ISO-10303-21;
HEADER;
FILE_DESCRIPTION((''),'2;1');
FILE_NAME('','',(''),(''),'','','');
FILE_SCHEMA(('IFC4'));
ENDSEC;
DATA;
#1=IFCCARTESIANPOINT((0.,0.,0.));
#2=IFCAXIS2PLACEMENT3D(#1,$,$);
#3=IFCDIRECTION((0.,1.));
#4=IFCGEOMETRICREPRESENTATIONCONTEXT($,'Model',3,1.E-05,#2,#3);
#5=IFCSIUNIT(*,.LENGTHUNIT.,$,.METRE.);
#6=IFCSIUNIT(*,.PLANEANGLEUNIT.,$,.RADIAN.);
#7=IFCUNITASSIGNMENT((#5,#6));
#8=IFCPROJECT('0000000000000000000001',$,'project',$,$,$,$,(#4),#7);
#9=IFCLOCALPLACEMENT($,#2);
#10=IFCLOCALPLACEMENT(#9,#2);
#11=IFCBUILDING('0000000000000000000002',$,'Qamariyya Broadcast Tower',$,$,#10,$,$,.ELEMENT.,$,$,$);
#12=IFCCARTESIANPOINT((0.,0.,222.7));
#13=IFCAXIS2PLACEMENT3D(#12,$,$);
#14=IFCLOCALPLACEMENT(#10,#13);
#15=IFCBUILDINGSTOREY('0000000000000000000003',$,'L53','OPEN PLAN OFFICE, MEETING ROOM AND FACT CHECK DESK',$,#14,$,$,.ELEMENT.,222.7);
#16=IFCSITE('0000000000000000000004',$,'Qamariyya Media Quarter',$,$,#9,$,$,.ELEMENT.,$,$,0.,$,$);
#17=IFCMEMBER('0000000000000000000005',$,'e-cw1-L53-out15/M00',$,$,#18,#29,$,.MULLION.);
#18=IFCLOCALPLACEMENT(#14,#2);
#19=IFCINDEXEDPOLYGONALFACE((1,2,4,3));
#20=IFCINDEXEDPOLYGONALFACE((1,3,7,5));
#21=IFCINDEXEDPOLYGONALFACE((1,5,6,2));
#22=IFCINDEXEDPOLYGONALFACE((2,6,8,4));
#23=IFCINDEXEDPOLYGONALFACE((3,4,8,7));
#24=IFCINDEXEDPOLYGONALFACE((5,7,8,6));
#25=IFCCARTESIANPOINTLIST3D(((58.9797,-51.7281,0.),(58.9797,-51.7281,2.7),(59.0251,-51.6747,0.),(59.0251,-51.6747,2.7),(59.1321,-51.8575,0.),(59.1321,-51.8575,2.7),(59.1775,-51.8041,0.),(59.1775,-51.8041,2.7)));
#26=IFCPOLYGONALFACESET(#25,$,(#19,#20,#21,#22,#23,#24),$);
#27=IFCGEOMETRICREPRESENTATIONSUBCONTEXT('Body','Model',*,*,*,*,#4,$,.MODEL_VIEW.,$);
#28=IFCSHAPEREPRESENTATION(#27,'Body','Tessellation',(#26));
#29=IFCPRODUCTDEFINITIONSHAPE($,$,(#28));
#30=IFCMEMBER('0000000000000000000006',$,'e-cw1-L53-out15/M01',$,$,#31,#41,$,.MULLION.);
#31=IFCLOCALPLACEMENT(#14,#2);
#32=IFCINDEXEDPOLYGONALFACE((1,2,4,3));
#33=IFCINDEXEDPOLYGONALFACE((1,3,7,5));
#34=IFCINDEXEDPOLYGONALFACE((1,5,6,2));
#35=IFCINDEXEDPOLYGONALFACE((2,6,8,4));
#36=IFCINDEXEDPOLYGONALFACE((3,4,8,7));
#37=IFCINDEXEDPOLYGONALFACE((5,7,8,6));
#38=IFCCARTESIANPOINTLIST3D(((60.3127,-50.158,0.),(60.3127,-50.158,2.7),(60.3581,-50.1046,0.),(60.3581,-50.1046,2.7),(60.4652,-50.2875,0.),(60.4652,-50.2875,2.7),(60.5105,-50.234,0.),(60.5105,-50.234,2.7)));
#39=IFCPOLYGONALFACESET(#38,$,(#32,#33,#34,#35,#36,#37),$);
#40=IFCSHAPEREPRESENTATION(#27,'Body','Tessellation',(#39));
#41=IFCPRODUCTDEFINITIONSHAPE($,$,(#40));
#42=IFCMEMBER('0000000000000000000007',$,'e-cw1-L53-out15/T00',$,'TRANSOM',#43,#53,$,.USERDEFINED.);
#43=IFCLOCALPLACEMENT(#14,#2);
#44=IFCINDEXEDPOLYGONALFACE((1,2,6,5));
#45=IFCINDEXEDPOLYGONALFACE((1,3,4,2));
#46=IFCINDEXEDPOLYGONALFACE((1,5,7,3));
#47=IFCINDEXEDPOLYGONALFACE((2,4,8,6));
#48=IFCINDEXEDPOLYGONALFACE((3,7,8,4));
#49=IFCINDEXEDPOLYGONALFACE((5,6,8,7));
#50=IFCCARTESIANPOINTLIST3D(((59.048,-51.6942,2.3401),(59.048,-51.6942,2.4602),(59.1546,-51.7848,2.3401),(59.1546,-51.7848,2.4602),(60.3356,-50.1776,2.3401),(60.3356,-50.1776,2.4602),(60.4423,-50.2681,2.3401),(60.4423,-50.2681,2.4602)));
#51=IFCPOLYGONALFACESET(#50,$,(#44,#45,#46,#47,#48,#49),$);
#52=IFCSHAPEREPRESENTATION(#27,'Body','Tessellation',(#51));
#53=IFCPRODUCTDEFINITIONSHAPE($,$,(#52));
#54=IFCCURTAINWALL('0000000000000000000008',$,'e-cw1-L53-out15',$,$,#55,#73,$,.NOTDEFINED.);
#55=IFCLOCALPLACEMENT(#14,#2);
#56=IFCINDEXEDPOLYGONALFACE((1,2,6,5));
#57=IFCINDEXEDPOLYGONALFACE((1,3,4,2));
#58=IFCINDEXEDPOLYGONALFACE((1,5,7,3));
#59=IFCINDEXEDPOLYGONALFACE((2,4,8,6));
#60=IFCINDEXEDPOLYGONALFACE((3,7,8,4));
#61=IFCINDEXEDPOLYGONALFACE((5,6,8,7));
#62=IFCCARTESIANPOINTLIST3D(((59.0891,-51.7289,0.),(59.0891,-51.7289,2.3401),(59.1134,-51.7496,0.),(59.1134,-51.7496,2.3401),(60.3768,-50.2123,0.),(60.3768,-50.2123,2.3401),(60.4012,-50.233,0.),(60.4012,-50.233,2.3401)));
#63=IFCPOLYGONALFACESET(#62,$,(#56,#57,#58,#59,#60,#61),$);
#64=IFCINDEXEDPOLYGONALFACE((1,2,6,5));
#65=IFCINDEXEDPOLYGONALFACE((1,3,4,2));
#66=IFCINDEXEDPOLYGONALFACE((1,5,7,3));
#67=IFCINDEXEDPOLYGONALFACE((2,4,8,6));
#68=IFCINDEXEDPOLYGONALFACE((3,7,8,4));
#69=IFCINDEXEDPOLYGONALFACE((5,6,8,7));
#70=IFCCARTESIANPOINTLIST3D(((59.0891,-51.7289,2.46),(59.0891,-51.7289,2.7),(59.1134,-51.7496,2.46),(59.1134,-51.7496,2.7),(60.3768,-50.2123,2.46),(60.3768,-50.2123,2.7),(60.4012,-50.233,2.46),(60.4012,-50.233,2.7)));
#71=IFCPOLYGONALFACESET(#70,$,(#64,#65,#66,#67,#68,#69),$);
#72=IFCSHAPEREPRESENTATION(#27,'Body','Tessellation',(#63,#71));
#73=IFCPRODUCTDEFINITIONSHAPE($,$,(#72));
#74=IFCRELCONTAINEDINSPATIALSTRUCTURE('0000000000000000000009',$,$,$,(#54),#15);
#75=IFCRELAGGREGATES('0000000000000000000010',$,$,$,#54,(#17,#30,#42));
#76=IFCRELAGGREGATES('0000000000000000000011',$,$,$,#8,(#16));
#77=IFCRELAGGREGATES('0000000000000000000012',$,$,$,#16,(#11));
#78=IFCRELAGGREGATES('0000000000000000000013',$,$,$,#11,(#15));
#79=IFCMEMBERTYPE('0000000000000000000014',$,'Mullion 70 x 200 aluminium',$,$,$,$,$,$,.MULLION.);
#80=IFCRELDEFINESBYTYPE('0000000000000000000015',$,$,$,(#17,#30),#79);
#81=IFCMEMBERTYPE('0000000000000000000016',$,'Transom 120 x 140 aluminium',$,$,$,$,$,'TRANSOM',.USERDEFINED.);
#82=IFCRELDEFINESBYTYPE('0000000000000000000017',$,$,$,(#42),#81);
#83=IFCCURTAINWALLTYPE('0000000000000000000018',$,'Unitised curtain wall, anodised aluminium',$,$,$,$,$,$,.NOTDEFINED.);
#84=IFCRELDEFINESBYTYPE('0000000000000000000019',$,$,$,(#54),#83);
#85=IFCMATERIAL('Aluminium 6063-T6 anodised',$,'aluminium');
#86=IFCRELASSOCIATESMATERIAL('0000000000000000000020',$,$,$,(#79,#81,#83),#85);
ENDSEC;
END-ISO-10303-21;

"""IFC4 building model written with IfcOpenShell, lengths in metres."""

from ifc_helpers import new_model, si_unit, direction, frame, origin, origin_2d, place, context, subcontext, project, spatial, rectangle, extrude, material, material_profile, profile_set, type_object, element, aggregate, save


model = new_model("IFC4")

# Units and contexts
model_context = context("Model", 3, precision=1e-05, world=origin(), true_north=direction((0.0, 1.0)))
body_context = subcontext(model_context, "Body", "Model", "MODEL_VIEW")
ifc_project = project(units=[si_unit("LENGTHUNIT", "METRE"), si_unit("PLANEANGLEUNIT", "RADIAN")], contexts=[model_context])

# Members
ifc_material = material(Name="Aluminium 6063-T6 anodised", Category="aluminium")
ifc_material_profile_1 = material_profile(ifc_material, rectangle(XDim=0.2, YDim=0.0701, at=origin_2d()))
ifc_profile_set_1 = profile_set([ifc_material_profile_1], Name="Aluminium 6063-T6 anodised")
member_type_1 = type_object("IfcMemberType", Name="Mullion 70 x 200 aluminium", PredefinedType="MULLION", material=ifc_profile_set_1)
site_placement = place(None, origin())
building_placement = place(site_placement, origin())
storey_placement = place(building_placement, frame((0.0, 0.0, 222.7)))
member_1_placement = place(storey_placement, frame((59.0786, -51.7661, 0.0), z_axis=(0.0, 0.0, 1.0), x_axis=(-0.762284, 0.647243, 0.0)))
member_1 = element("IfcMember", 1, at=member_1_placement, type_object=member_type_1, Name="e-cw1-L53-out15/M00", PredefinedType="MULLION", context=body_context, shape_type="SweptSolid", body=[
    extrude(rectangle(XDim=0.2, YDim=0.0701, at=origin_2d()), origin(), (0.0, 0.0, 1.0), 2.7),
])
member_2_placement = place(storey_placement, frame((60.4116, -50.196, 0.0), z_axis=(0.0, 0.0, 1.0), x_axis=(-0.762284, 0.647243, 0.0)))
member_2 = element("IfcMember", 2, at=member_2_placement, type_object=member_type_1, Name="e-cw1-L53-out15/M01", PredefinedType="MULLION", context=body_context, shape_type="SweptSolid", body=[
    extrude(rectangle(XDim=0.2, YDim=0.0701, at=origin_2d()), origin(), (0.0, 0.0, 1.0), 2.7),
])
ifc_material_profile_2 = material_profile(ifc_material, rectangle(XDim=0.1399, YDim=0.1201, at=origin_2d()))
ifc_profile_set_2 = profile_set([ifc_material_profile_2], Name="Aluminium 6063-T6 anodised")
member_type_2 = type_object("IfcMemberType", Name="Transom 120 x 140 aluminium", ElementType="TRANSOM", PredefinedType="USERDEFINED", material=ifc_profile_set_2)
member_3_placement = place(storey_placement, frame((59.1013, -51.7395, 2.4001), z_axis=(0.647207, 0.762315, 0.0), x_axis=(-0.762315, 0.647207, 0.0)))
member_3 = element("IfcMember", 3, at=member_3_placement, type_object=member_type_2, Name="e-cw1-L53-out15/T00", ObjectType="TRANSOM", PredefinedType="USERDEFINED", context=body_context, shape_type="SweptSolid", body=[
    extrude(rectangle(XDim=0.1399, YDim=0.1201, at=origin_2d()), origin(), (0.0, 0.0, 1.0), 1.9895),
])

# Site, building, storey
site = spatial("IfcSite", under=ifc_project, at=site_placement, Name="Qamariyya Media Quarter", CompositionType="ELEMENT", RefElevation=0.0)
building = spatial("IfcBuilding", under=site, at=building_placement, Name="Qamariyya Broadcast Tower", CompositionType="ELEMENT")
storey = spatial("IfcBuildingStorey", under=building, at=storey_placement, Name="L53", Description="OPEN PLAN OFFICE, MEETING ROOM AND FACT CHECK DESK", CompositionType="ELEMENT", Elevation=222.7)

# Curtain wall
curtain_wall_type = type_object("IfcCurtainWallType", Name="Unitised curtain wall, anodised aluminium", PredefinedType="NOTDEFINED", material=ifc_material)
curtain_wall_1_placement = place(storey_placement, origin())
curtain_wall_1 = element("IfcCurtainWall", 4, at=curtain_wall_1_placement, inside=storey, type_object=curtain_wall_type, Name="e-cw1-L53-out15", PredefinedType="NOTDEFINED", context=body_context, shape_type="SweptSolid", body=[
    extrude(rectangle(XDim=1.9895, YDim=0.032, at=origin_2d()), frame((59.7451, -50.981, 0.0), x_axis=(0.647272, 0.762259, 0.0)), (0.0, 0.0, 1.0), 2.3401),
    extrude(rectangle(XDim=1.9895, YDim=0.032, at=origin_2d()), frame((59.7451, -50.981, 2.46), x_axis=(0.647272, 0.762259, 0.0)), (0.0, 0.0, 1.0), 0.24),
])
aggregate(curtain_wall_1, [member_1, member_2, member_3])

save(model, "model.ifc")
